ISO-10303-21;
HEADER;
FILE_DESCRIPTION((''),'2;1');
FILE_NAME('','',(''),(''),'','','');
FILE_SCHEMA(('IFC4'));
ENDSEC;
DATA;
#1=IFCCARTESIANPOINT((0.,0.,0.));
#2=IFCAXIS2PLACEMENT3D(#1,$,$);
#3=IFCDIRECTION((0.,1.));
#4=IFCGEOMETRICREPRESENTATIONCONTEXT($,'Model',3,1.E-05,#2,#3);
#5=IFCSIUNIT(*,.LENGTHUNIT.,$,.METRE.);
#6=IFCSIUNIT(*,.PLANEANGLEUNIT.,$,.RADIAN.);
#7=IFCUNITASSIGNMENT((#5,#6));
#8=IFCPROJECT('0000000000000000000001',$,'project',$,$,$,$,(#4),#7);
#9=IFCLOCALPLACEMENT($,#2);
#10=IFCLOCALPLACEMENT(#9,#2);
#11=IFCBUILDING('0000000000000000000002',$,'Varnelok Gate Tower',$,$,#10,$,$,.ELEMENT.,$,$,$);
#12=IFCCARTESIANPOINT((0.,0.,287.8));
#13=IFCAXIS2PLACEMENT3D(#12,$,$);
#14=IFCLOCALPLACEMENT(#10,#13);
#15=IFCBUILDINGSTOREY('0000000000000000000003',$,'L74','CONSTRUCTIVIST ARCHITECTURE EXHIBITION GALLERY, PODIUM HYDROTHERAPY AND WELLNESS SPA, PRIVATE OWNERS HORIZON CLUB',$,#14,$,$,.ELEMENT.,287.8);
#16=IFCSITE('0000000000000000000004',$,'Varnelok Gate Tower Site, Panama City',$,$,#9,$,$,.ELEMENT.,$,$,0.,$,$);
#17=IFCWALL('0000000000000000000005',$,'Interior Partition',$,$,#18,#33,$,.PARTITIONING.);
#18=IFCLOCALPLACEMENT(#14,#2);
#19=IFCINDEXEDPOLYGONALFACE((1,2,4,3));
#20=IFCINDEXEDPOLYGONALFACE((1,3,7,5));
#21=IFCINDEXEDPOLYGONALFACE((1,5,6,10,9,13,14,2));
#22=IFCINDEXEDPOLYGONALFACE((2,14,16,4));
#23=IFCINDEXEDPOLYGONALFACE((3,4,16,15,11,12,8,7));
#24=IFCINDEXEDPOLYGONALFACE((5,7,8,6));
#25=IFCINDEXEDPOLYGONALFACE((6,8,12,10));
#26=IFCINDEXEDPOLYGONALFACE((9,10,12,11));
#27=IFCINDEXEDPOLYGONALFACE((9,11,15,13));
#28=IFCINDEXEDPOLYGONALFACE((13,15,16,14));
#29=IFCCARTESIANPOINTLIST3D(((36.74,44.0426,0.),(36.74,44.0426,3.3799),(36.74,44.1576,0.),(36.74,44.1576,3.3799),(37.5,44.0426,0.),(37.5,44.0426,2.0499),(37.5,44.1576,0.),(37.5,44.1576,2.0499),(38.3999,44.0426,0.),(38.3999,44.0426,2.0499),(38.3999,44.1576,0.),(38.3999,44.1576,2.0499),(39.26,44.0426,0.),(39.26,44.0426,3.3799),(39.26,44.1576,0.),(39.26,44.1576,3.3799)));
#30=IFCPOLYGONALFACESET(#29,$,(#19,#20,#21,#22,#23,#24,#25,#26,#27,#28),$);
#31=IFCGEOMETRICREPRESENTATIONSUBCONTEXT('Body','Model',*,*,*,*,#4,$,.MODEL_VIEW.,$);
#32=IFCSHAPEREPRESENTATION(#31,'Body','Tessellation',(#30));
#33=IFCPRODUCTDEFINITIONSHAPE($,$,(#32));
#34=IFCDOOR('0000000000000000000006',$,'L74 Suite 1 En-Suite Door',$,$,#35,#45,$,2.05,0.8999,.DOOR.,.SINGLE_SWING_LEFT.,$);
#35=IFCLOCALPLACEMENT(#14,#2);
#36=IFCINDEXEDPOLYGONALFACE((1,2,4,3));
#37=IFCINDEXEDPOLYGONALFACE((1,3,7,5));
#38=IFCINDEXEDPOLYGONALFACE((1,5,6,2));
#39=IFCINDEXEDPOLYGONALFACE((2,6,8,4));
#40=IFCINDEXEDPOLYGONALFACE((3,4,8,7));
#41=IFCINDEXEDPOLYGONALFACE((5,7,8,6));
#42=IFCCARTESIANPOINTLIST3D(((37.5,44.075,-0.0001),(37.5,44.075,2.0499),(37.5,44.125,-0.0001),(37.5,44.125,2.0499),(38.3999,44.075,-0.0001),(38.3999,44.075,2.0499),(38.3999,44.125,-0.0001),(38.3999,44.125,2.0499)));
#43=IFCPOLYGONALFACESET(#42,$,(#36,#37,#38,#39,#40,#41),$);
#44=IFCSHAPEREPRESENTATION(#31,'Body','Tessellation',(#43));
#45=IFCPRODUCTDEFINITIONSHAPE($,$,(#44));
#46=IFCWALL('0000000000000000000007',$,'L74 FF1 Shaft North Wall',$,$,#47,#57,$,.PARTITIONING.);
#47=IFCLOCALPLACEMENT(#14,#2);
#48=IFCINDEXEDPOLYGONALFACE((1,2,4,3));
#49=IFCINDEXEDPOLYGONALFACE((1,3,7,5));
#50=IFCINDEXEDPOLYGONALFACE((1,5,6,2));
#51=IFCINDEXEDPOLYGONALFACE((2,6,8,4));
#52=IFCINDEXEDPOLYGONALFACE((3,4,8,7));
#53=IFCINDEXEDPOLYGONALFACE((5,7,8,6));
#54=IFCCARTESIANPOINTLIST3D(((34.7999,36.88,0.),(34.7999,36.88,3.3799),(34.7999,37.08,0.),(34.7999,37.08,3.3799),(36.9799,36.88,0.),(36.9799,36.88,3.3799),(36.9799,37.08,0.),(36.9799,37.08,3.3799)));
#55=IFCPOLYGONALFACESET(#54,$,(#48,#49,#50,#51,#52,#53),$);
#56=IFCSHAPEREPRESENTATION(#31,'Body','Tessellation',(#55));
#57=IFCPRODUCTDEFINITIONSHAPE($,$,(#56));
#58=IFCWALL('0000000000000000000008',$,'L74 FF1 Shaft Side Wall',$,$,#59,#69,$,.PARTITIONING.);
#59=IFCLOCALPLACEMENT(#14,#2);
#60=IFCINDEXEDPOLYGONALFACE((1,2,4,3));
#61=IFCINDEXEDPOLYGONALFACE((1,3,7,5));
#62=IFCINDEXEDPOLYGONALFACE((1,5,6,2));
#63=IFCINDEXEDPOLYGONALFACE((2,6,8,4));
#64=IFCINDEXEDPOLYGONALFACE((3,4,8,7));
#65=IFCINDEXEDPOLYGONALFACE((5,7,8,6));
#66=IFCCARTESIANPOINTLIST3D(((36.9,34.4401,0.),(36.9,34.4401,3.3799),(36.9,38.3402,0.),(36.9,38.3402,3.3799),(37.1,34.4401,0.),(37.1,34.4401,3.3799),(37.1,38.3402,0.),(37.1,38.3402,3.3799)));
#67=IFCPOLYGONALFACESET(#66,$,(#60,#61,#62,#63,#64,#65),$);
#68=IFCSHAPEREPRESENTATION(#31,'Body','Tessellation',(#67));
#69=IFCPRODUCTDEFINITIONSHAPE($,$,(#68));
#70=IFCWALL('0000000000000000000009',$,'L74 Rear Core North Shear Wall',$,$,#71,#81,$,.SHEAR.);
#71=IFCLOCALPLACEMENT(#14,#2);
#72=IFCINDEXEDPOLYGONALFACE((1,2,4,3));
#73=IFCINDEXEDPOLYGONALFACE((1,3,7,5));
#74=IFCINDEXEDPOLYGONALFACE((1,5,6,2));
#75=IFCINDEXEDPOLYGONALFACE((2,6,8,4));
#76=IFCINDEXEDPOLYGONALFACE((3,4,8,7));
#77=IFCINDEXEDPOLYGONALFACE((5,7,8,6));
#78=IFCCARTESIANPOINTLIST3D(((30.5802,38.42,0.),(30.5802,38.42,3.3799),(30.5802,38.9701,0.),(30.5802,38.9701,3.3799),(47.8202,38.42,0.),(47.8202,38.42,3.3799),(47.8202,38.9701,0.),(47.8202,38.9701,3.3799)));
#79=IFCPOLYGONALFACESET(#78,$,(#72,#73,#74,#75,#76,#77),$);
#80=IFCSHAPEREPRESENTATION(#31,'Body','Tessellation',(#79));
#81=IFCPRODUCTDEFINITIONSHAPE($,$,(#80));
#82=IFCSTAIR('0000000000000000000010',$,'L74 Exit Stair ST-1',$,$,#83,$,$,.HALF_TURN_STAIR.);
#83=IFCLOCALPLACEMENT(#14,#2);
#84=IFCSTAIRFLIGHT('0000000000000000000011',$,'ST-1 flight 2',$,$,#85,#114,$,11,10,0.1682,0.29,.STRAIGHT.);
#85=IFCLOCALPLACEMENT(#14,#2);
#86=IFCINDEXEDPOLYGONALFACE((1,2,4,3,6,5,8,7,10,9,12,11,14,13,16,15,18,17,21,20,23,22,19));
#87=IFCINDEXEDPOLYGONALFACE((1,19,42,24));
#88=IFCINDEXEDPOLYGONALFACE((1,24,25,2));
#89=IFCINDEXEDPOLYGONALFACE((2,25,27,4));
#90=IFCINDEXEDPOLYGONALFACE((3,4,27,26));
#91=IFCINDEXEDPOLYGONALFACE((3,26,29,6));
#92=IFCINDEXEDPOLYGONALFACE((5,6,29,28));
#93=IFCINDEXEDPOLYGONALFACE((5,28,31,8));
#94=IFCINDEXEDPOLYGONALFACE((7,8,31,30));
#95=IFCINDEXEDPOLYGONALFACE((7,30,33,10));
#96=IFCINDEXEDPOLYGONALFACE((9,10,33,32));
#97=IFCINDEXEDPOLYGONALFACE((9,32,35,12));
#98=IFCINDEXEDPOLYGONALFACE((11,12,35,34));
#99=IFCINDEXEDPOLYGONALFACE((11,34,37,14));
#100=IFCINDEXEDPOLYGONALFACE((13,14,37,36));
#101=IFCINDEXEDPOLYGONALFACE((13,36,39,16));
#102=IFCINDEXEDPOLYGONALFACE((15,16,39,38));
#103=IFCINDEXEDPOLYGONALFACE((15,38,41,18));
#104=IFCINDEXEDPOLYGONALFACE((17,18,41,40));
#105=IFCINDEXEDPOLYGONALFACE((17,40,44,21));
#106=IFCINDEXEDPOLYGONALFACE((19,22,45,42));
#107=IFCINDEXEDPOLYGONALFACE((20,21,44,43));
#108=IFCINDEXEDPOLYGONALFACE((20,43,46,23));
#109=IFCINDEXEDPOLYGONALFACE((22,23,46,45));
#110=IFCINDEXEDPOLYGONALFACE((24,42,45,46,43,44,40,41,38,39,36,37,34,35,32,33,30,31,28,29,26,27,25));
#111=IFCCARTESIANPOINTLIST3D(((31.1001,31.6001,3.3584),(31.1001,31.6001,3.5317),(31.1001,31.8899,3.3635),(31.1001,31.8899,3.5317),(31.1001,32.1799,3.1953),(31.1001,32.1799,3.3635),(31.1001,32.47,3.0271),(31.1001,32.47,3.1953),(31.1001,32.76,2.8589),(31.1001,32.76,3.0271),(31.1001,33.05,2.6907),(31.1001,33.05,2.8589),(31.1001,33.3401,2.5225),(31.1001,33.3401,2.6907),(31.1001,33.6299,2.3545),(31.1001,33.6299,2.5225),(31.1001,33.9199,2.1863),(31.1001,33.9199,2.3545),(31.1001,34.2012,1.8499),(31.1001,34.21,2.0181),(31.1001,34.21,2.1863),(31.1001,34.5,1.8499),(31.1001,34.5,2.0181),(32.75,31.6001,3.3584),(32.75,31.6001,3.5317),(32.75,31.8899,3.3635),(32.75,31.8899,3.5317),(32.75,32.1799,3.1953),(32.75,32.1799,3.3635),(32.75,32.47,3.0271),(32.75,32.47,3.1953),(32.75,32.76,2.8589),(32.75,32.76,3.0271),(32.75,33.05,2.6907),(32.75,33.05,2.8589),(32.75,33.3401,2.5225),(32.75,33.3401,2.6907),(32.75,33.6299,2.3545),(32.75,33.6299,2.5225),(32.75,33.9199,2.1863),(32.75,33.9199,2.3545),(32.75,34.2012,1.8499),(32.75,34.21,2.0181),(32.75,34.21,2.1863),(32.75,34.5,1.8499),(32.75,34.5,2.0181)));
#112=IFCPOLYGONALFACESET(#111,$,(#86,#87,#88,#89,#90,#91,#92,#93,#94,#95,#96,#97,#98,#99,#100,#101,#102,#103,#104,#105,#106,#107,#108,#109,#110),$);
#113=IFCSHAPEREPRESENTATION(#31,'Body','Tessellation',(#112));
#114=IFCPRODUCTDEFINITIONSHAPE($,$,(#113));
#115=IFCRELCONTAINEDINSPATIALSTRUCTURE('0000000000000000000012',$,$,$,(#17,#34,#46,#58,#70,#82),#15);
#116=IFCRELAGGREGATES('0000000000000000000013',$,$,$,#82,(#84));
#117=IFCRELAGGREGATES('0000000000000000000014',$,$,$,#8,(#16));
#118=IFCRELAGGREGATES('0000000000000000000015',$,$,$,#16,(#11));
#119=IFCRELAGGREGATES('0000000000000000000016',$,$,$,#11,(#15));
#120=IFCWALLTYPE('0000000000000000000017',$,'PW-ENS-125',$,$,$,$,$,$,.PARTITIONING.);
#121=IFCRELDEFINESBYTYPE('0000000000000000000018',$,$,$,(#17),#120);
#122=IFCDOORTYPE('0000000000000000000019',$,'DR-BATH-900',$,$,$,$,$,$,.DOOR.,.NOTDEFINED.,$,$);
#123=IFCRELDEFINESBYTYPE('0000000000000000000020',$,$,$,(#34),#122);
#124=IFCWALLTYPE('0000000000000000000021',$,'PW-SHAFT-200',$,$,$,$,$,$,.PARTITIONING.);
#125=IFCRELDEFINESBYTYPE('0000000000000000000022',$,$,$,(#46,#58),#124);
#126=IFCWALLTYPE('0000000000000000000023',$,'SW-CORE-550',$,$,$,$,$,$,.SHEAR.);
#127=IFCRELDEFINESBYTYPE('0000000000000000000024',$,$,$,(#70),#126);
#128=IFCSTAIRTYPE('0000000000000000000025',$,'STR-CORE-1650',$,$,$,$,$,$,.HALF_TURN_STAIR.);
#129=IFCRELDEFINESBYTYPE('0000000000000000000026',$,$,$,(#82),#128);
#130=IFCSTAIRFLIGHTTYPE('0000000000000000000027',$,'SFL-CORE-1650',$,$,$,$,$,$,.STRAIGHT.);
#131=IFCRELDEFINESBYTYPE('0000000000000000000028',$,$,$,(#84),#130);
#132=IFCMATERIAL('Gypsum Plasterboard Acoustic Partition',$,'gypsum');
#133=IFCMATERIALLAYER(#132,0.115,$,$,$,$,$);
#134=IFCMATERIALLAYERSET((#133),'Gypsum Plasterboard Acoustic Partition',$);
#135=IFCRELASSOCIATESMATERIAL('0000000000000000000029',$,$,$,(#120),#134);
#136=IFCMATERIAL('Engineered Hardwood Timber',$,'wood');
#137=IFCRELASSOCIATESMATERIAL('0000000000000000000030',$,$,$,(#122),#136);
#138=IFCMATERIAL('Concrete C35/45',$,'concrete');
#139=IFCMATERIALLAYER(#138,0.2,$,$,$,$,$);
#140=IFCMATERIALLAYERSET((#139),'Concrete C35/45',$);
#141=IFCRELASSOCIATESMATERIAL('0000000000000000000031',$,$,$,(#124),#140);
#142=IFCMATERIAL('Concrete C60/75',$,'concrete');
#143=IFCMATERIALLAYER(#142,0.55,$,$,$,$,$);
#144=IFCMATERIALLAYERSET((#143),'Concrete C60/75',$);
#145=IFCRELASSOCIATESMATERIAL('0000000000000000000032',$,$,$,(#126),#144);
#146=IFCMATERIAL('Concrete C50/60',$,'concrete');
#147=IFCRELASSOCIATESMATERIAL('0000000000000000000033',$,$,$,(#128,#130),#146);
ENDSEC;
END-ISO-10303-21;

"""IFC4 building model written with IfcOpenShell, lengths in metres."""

from ifc_helpers import new_model, si_unit, direction, frame, frame_2d, origin, place, context, subcontext, project, spatial, polyline, rectangle, outline, extrude, material, layer, layer_set, type_object, element, fill, aggregate, save


model = new_model("IFC4")

# Units and contexts
model_context = context("Model", 3, precision=1e-05, world=origin(), true_north=direction((0.0, 1.0)))
body_context = subcontext(model_context, "Body", "Model", "MODEL_VIEW")
ifc_project = project(units=[si_unit("LENGTHUNIT", "METRE"), si_unit("PLANEANGLEUNIT", "RADIAN")], contexts=[model_context])

# Site, building, storey
site_placement = place(None, origin())
site = spatial("IfcSite", under=ifc_project, at=site_placement, Name="Varnelok Gate Tower Site, Panama City", CompositionType="ELEMENT", RefElevation=0.0)
building_placement = place(site_placement, origin())
building = spatial("IfcBuilding", under=site, at=building_placement, Name="Varnelok Gate Tower", CompositionType="ELEMENT")
storey_placement = place(building_placement, frame((0.0, 0.0, 287.8)))
storey = spatial("IfcBuildingStorey", under=building, at=storey_placement, Name="L74", Description="CONSTRUCTIVIST ARCHITECTURE EXHIBITION GALLERY, PODIUM HYDROTHERAPY AND WELLNESS SPA, PRIVATE OWNERS HORIZON CLUB", CompositionType="ELEMENT", Elevation=287.8)

# Shared definitions
ifc_material_1 = material(Name="Concrete C50/60", Category="concrete")

# Shared definitions
ifc_material_2 = material(Name="Gypsum Plasterboard Acoustic Partition", Category="gypsum")

# Shared definitions
ifc_material_3 = material(Name="Engineered Hardwood Timber", Category="wood")

# Shared definitions
ifc_layer_1 = layer(ifc_material_2, 0.115)
ifc_layer_set_1 = layer_set([ifc_layer_1], Name="Gypsum Plasterboard Acoustic Partition")
wall_type_1 = type_object("IfcWallType", Name="PW-ENS-125", PredefinedType="PARTITIONING", material=ifc_layer_set_1)

# Wall, opening, door
wall_1_placement = place(storey_placement, frame((36.74, 44.1001, 0.0), z_axis=(0.0, 0.0, 1.0), x_axis=(1.0, 0.0, 0.0)))
wall_1 = element("IfcWall", 1, at=wall_1_placement, inside=storey, type_object=wall_type_1, Name="Interior Partition", PredefinedType="PARTITIONING", context=body_context, shape_type="SweptSolid", body=[
    extrude(rectangle(XDim=2.52, YDim=0.115, at=frame_2d((1.26, 0.0))), origin(), (0.0, 0.0, 1.0), 3.3799),
])
opening_1_placement = place(wall_1_placement, frame((0.76, 0.0, 0.0)))
opening_1 = element("IfcOpeningElement", 2, at=opening_1_placement, cuts=wall_1, PredefinedType="OPENING", context=body_context, shape_type="SweptSolid", body=[
    extrude(rectangle(XDim=0.8999, YDim=2.05, at=frame_2d((0.45, 1.0249))), frame((0.0, 0.0674, 0.0), z_axis=(0.0, -1.0, 0.0), x_axis=(1.0, 0.0, 0.0)), (0.0, 0.0, 1.0), 0.135),
])
door_type_1 = type_object("IfcDoorType", Name="DR-BATH-900", OperationType="NOTDEFINED", PredefinedType="DOOR", material=ifc_material_3)
door_1_placement = place(opening_1_placement, origin())
door_1 = element("IfcDoor", 3, at=door_1_placement, inside=storey, type_object=door_type_1, Name="L74 Suite 1 En-Suite Door", OperationType="SINGLE_SWING_LEFT", OverallHeight=2.05, OverallWidth=0.8999, PredefinedType="DOOR", context=body_context, shape_type="SweptSolid", body=[
    extrude(rectangle(XDim=0.8999, YDim=2.05, at=frame_2d((0.45, 1.0249))), frame((0.0, 0.0249, 0.0), z_axis=(0.0, -1.0, 0.0), x_axis=(1.0, 0.0, 0.0)), (0.0, 0.0, 1.0), 0.05),
])
fill(opening_1, door_1)

# Walls
ifc_material_4 = material(Name="Concrete C35/45", Category="concrete")
ifc_layer_2 = layer(ifc_material_4, 0.2)
ifc_layer_set_2 = layer_set([ifc_layer_2], Name="Concrete C35/45")
wall_type_2 = type_object("IfcWallType", Name="PW-SHAFT-200", PredefinedType="PARTITIONING", material=ifc_layer_set_2)
wall_2_placement = place(storey_placement, frame((34.8, 36.98, 0.0), z_axis=(0.0, 0.0, 1.0), x_axis=(1.0, 0.0, 0.0)))
element("IfcWall", 4, at=wall_2_placement, inside=storey, type_object=wall_type_2, Name="L74 FF1 Shaft North Wall", PredefinedType="PARTITIONING", context=body_context, shape_type="SweptSolid", body=[
    extrude(rectangle(XDim=2.1799, YDim=0.2, at=frame_2d((1.0898, 0.0))), origin(), (0.0, 0.0, 1.0), 3.3799),
])
wall_3_placement = place(storey_placement, frame((37.0, 34.4399, 0.0), z_axis=(0.0, 0.0, 1.0), x_axis=(0.0, 1.0, 0.0)))
element("IfcWall", 5, at=wall_3_placement, inside=storey, type_object=wall_type_2, Name="L74 FF1 Shaft Side Wall", PredefinedType="PARTITIONING", context=body_context, shape_type="SweptSolid", body=[
    extrude(rectangle(XDim=3.9001, YDim=0.2, at=frame_2d((1.9502, 0.0))), origin(), (0.0, 0.0, 1.0), 3.3799),
])
ifc_material_5 = material(Name="Concrete C60/75", Category="concrete")
ifc_layer_3 = layer(ifc_material_5, 0.55)
ifc_layer_set_3 = layer_set([ifc_layer_3], Name="Concrete C60/75")
wall_type_3 = type_object("IfcWallType", Name="SW-CORE-550", PredefinedType="SHEAR", material=ifc_layer_set_3)
wall_4_placement = place(storey_placement, frame((30.5801, 38.6951, 0.0), z_axis=(0.0, 0.0, 1.0), x_axis=(1.0, 0.0, 0.0)))
element("IfcWall", 6, at=wall_4_placement, inside=storey, type_object=wall_type_3, Name="L74 Rear Core North Shear Wall", PredefinedType="SHEAR", context=body_context, shape_type="SweptSolid", body=[
    extrude(rectangle(XDim=17.24, YDim=0.55, at=frame_2d((8.6201, 0.0))), origin(), (0.0, 0.0, 1.0), 3.3799),
])

# Stair, stair flight
stair_type = type_object("IfcStairType", Name="STR-CORE-1650", PredefinedType="HALF_TURN_STAIR", material=ifc_material_1)
stair_placement = place(storey_placement, origin())
stair = element("IfcStair", 7, at=stair_placement, inside=storey, type_object=stair_type, Name="L74 Exit Stair ST-1", PredefinedType="HALF_TURN_STAIR")
stair_flight_type = type_object("IfcStairFlightType", Name="SFL-CORE-1650", PredefinedType="STRAIGHT", material=ifc_material_1)
stair_flight_placement = place(storey_placement, frame((31.925, 34.5, 1.8499), z_axis=(0.0, 0.0, 1.0), x_axis=(0.0, -1.0, 0.0)))
stair_flight = element("IfcStairFlight", 8, at=stair_flight_placement, type_object=stair_flight_type, Name="ST-1 flight 2", NumberOfRisers=11, NumberOfTreads=10, PredefinedType="STRAIGHT", RiserHeight=0.1682, TreadLength=0.29, context=body_context, shape_type="SweptSolid", body=[
    extrude(outline(polyline([(0.0, 0.0), (0.0, 0.1682), (0.29, 0.1682), (0.29, 0.3364), (0.5801, 0.3364), (0.5801, 0.5046), (0.8701, 0.5046), (0.8701, 0.6726), (1.1599, 0.6726), (1.1599, 0.8408), (1.45, 0.8408), (1.45, 1.009), (1.74, 1.009), (1.74, 1.1772), (2.03, 1.1772), (2.03, 1.3455), (2.3201, 1.3455), (2.3201, 1.5137), (2.6101, 1.5137), (2.6101, 1.6819), (2.8999, 1.6819), (2.8999, 1.8501), (2.8999, 1.5085), (0.2988, 0.0), (0.0, 0.0)])), frame((0.0, 0.825, 0.0), z_axis=(0.0, -1.0, 0.0), x_axis=(1.0, 0.0, 0.0)), (0.0, 0.0, 1.0), 1.6499),
])
aggregate(stair, [stair_flight])

save(model, "model.ifc")
